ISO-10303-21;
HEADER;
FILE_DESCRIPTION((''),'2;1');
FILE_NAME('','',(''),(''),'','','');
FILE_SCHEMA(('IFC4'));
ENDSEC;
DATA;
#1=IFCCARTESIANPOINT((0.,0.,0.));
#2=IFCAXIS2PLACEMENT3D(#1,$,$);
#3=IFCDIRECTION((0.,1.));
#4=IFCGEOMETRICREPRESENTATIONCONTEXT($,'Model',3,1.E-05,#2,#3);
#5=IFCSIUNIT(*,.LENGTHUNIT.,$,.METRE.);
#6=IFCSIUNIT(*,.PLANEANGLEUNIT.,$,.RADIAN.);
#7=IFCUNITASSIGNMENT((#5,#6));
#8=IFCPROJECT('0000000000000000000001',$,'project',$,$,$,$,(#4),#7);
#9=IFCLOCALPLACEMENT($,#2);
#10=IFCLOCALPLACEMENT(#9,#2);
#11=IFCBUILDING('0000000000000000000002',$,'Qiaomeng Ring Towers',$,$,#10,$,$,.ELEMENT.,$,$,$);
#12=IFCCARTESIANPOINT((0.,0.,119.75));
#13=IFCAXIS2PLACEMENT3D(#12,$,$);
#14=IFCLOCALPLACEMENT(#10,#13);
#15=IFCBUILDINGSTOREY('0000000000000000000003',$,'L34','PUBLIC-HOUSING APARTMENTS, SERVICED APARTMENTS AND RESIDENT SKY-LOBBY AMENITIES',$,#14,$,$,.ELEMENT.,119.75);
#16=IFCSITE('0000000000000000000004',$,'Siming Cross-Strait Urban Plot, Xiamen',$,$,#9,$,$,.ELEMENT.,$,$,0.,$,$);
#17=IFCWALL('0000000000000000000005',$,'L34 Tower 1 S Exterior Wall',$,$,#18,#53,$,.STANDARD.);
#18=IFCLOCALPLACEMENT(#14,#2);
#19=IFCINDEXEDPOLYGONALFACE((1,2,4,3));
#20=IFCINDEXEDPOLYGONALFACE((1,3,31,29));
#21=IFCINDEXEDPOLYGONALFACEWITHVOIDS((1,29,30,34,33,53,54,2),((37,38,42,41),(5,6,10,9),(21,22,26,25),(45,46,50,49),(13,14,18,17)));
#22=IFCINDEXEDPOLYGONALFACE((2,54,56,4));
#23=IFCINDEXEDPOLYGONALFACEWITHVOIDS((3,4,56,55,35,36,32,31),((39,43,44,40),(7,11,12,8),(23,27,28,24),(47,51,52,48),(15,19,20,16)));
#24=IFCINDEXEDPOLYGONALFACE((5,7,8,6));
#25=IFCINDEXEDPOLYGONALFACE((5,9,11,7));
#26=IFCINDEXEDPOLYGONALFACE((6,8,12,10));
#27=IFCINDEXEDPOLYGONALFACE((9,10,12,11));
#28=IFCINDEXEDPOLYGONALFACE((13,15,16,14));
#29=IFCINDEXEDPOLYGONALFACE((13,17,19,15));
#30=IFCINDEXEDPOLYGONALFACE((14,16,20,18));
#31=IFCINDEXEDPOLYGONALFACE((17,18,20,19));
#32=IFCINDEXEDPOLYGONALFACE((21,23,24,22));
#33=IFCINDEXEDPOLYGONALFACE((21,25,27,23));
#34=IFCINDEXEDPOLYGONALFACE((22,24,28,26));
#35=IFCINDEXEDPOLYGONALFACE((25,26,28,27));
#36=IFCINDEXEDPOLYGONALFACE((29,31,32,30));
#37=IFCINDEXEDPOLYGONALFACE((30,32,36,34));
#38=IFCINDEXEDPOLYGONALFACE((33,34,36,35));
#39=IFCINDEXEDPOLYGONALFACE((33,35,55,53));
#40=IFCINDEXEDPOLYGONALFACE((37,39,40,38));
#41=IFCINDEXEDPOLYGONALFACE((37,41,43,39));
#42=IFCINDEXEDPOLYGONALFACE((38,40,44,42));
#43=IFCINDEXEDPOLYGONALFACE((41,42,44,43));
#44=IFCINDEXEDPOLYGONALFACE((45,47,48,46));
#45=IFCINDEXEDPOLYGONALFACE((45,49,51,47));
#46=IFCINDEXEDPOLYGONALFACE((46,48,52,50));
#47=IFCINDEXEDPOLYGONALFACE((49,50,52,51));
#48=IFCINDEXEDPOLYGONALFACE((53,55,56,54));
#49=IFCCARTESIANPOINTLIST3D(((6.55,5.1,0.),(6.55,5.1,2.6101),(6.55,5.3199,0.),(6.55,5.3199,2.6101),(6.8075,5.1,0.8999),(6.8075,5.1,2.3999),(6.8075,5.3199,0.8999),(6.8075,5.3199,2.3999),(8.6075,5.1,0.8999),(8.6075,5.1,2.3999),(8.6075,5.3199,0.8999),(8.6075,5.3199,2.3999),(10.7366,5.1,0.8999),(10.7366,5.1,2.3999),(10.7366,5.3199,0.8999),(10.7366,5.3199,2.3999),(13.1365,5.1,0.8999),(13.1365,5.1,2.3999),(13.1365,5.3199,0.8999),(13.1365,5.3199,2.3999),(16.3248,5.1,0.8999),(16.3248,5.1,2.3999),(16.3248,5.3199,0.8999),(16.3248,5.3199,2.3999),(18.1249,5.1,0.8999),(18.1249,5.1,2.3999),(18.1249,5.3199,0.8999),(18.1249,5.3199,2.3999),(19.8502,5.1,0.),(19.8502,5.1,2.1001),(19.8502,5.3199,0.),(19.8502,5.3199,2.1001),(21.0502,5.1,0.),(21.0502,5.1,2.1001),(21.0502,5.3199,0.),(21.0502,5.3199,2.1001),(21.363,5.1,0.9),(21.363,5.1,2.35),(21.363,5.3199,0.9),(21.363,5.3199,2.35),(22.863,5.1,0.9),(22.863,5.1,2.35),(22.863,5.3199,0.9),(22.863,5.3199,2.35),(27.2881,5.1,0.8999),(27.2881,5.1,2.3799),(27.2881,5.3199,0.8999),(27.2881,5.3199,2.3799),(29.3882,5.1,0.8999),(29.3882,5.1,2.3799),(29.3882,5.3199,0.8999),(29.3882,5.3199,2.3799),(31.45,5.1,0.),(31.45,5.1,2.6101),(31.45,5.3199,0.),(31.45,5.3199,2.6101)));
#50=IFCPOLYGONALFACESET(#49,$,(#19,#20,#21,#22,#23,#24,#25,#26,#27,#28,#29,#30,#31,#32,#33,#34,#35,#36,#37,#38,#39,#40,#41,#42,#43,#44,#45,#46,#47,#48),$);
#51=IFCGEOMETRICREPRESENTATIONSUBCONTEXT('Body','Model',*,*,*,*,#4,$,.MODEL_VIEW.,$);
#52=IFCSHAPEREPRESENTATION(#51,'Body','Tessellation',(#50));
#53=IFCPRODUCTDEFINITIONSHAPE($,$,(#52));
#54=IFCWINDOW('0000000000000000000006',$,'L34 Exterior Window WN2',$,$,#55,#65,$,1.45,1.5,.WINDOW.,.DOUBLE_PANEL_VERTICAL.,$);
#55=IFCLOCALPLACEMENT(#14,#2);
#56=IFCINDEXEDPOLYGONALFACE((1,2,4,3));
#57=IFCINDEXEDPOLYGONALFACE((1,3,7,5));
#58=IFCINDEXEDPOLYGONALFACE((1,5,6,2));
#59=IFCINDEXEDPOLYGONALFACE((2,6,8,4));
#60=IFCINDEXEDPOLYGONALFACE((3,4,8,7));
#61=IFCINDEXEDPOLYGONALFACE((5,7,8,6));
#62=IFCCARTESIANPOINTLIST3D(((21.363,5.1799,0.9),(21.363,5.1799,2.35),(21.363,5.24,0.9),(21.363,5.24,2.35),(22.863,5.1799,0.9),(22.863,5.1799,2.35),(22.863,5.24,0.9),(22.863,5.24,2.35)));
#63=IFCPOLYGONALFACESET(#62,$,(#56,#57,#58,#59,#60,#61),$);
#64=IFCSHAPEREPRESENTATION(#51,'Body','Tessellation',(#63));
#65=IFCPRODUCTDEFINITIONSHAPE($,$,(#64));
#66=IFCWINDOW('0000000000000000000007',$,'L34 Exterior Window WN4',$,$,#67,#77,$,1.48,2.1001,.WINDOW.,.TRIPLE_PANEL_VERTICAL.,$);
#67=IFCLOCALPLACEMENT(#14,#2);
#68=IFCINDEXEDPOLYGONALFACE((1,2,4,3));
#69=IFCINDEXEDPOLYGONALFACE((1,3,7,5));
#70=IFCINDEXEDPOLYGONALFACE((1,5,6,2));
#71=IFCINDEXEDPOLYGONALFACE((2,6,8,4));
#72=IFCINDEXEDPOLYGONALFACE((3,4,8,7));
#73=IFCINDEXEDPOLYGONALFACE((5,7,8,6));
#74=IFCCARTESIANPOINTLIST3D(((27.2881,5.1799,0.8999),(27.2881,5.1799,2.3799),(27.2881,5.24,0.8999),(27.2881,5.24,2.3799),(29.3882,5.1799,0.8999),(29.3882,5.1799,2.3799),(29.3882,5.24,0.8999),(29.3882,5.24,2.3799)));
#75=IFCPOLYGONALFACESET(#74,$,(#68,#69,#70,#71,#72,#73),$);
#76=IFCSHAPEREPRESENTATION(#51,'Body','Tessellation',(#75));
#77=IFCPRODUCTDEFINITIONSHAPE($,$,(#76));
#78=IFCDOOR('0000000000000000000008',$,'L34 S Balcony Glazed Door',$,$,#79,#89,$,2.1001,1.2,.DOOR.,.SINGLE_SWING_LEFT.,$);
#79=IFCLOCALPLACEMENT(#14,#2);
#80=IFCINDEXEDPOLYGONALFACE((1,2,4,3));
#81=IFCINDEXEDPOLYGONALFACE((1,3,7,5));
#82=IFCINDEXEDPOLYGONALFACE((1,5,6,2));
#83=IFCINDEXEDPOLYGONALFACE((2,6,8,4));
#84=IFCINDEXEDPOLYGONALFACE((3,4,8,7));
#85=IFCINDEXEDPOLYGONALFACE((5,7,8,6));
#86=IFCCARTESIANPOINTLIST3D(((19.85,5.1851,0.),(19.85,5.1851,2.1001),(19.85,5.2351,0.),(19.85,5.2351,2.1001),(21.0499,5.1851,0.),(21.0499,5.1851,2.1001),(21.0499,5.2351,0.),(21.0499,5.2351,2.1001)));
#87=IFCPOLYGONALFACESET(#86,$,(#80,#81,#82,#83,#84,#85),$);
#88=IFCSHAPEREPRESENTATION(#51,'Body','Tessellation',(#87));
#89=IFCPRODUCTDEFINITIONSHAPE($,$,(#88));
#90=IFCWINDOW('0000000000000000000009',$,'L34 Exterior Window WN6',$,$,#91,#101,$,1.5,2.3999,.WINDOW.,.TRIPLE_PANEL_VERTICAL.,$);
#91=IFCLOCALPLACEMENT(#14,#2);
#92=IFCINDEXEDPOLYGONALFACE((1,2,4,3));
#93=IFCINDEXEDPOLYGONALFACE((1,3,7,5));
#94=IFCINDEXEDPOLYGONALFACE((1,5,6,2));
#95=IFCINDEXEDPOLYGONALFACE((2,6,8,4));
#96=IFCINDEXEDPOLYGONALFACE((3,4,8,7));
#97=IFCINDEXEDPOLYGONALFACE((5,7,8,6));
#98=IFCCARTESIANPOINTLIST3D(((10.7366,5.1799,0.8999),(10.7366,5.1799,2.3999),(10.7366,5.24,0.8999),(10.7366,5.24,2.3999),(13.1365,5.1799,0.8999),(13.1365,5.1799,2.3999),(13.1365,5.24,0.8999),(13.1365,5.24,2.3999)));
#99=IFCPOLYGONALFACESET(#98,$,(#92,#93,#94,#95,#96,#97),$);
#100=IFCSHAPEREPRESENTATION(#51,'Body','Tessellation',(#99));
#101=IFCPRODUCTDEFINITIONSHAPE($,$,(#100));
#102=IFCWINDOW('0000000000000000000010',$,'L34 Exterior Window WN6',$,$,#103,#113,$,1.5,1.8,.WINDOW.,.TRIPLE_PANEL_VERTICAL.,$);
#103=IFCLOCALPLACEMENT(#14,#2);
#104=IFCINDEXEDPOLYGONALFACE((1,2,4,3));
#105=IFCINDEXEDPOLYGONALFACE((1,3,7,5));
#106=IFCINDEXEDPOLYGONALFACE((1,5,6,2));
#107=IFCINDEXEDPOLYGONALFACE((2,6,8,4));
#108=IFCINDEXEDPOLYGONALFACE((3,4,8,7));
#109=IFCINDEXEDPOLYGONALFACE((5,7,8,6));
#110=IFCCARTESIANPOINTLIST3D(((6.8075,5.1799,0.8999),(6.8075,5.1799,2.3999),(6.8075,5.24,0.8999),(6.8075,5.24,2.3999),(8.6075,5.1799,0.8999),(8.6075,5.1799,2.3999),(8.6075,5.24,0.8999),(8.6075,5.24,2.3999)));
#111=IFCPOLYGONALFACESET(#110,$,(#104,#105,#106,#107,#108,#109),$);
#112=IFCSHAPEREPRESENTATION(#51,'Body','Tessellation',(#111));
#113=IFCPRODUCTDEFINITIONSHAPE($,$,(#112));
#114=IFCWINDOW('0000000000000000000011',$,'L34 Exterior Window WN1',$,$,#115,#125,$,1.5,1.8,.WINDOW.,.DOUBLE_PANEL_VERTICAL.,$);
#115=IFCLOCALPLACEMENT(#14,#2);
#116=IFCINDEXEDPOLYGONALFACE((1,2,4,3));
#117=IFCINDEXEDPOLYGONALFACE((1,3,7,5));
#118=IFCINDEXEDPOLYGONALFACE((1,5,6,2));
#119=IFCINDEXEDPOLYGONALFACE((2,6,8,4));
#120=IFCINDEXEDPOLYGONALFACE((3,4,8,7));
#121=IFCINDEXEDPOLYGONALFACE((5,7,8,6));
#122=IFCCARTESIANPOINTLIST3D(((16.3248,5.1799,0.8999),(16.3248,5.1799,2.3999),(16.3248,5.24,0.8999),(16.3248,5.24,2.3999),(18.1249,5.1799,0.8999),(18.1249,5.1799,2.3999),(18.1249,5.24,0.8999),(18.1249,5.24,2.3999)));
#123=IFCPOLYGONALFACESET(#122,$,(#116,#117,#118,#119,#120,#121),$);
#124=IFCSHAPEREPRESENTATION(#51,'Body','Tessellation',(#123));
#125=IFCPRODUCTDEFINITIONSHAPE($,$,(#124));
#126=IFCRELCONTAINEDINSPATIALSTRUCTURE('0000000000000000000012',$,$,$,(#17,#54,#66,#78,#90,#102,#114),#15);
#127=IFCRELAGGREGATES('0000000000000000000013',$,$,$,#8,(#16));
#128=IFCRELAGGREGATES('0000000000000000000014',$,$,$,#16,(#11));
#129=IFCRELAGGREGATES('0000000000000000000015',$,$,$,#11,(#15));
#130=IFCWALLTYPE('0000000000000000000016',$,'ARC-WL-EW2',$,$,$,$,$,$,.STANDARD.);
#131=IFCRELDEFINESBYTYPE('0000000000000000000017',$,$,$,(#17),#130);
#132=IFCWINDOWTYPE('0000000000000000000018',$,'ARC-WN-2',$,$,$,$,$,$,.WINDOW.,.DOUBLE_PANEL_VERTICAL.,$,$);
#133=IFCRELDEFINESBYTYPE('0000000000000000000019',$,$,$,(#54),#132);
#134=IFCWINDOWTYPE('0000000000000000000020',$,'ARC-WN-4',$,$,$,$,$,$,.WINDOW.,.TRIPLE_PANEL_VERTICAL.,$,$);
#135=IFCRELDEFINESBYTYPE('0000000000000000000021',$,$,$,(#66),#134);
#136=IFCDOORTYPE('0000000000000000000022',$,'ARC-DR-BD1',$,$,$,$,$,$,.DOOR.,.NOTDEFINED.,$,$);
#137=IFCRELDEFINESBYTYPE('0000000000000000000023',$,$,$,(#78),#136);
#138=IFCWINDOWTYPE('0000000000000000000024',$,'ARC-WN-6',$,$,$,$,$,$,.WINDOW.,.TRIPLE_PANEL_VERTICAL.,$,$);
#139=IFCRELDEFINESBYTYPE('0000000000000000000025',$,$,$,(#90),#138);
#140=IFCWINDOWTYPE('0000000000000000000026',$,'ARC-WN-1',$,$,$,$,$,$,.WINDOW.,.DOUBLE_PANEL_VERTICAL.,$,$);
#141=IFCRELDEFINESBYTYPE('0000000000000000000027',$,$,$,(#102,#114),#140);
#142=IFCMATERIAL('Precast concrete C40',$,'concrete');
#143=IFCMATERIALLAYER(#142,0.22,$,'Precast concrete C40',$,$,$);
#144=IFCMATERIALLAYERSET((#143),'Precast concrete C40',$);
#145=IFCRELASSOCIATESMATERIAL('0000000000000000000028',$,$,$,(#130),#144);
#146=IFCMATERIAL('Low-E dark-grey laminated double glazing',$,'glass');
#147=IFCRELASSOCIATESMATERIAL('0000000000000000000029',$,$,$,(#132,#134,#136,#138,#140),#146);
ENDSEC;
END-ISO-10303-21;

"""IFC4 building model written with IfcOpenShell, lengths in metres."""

from ifc_helpers import new_model, si_unit, direction, frame, frame_2d, origin, place, context, subcontext, project, spatial, rectangle, extrude, source, transform, mapped, material, layer, layer_set, type_object, element, fill, save


model = new_model("IFC4")

# Units and contexts
model_context = context("Model", 3, precision=1e-05, world=origin(), true_north=direction((0.0, 1.0)))
body_context = subcontext(model_context, "Body", "Model", "MODEL_VIEW")
ifc_project = project(units=[si_unit("LENGTHUNIT", "METRE"), si_unit("PLANEANGLEUNIT", "RADIAN")], contexts=[model_context])

# Site, building, storey
site_placement = place(None, origin())
site = spatial("IfcSite", under=ifc_project, at=site_placement, Name="Siming Cross-Strait Urban Plot, Xiamen", CompositionType="ELEMENT", RefElevation=0.0)
building_placement = place(site_placement, origin())
building = spatial("IfcBuilding", under=site, at=building_placement, Name="Qiaomeng Ring Towers", CompositionType="ELEMENT")
storey_placement = place(building_placement, frame((0.0, 0.0, 119.75)))
storey = spatial("IfcBuildingStorey", under=building, at=storey_placement, Name="L34", Description="PUBLIC-HOUSING APARTMENTS, SERVICED APARTMENTS AND RESIDENT SKY-LOBBY AMENITIES", CompositionType="ELEMENT", Elevation=119.75)

# Shared definitions
ifc_material_1 = material(Name="Low-E dark-grey laminated double glazing", Category="glass")

# Wall, openings, windows, door
ifc_material_2 = material(Name="Precast concrete C40", Category="concrete")
ifc_layer_1 = layer(ifc_material_2, 0.22, Name="Precast concrete C40")
ifc_layer_set_1 = layer_set([ifc_layer_1], Name="Precast concrete C40")
wall_type_1 = type_object("IfcWallType", Name="ARC-WL-EW2", PredefinedType="STANDARD", material=ifc_layer_set_1)
wall_1_placement = place(storey_placement, frame((6.55, 5.21, 0.0), z_axis=(0.0, 0.0, 1.0), x_axis=(1.0, 0.0, 0.0)))
wall_1 = element("IfcWall", 1, at=wall_1_placement, inside=storey, type_object=wall_type_1, Name="L34 Tower 1 S Exterior Wall", PredefinedType="STANDARD", context=body_context, shape_type="SweptSolid", body=[
    extrude(rectangle(XDim=24.8999, YDim=0.22, at=frame_2d((12.45, 0.0))), origin(), (0.0, 0.0, 1.0), 2.6101),
])
opening_1_placement = place(wall_1_placement, frame((13.3, 0.0, 0.0)))
opening_1 = element("IfcOpeningElement", 2, at=opening_1_placement, cuts=wall_1, PredefinedType="OPENING", context=body_context, shape_type="SweptSolid", body=[
    extrude(rectangle(XDim=1.2, YDim=2.1001, at=frame_2d((0.6001, 1.05))), frame((0.0, 0.1199, 0.0), z_axis=(0.0, -1.0, 0.0), x_axis=(1.0, 0.0, 0.0)), (0.0, 0.0, 1.0), 0.24),
])
opening_2_placement = place(wall_1_placement, frame((0.2576, 0.0, 0.8999)))
opening_2 = element("IfcOpeningElement", 3, at=opening_2_placement, cuts=wall_1, PredefinedType="OPENING", context=body_context, shape_type="SweptSolid", body=[
    extrude(rectangle(XDim=1.8, YDim=1.5, at=frame_2d((0.8999, 0.75))), frame((0.0, 0.1199, 0.0), z_axis=(0.0, -1.0, 0.0), x_axis=(1.0, 0.0, 0.0)), (0.0, 0.0, 1.0), 0.24),
])
opening_3_placement = place(wall_1_placement, frame((9.7749, 0.0, 0.8999)))
opening_3 = element("IfcOpeningElement", 4, at=opening_3_placement, cuts=wall_1, PredefinedType="OPENING", context=body_context, shape_type="SweptSolid", body=[
    extrude(rectangle(XDim=1.8, YDim=1.5, at=frame_2d((0.8999, 0.75))), frame((0.0, 0.1199, 0.0), z_axis=(0.0, -1.0, 0.0), x_axis=(1.0, 0.0, 0.0)), (0.0, 0.0, 1.0), 0.24),
])
opening_4_placement = place(wall_1_placement, frame((14.813, 0.0, 0.8999)))
opening_4 = element("IfcOpeningElement", 5, at=opening_4_placement, cuts=wall_1, PredefinedType="OPENING", context=body_context, shape_type="SweptSolid", body=[
    extrude(rectangle(XDim=1.5, YDim=1.45, at=frame_2d((0.75, 0.7251))), frame((0.0, 0.1199, 0.0), z_axis=(0.0, -1.0, 0.0), x_axis=(1.0, 0.0, 0.0)), (0.0, 0.0, 1.0), 0.24),
])
opening_5_placement = place(wall_1_placement, frame((20.738, 0.0, 0.8999)))
opening_5 = element("IfcOpeningElement", 6, at=opening_5_placement, cuts=wall_1, PredefinedType="OPENING", context=body_context, shape_type="SweptSolid", body=[
    extrude(rectangle(XDim=2.1001, YDim=1.48, at=frame_2d((1.05, 0.74))), frame((0.0, 0.1199, 0.0), z_axis=(0.0, -1.0, 0.0), x_axis=(1.0, 0.0, 0.0)), (0.0, 0.0, 1.0), 0.24),
])
opening_6_placement = place(wall_1_placement, frame((4.1865, 0.0, 0.8999)))
opening_6 = element("IfcOpeningElement", 7, at=opening_6_placement, cuts=wall_1, PredefinedType="OPENING", context=body_context, shape_type="SweptSolid", body=[
    extrude(rectangle(XDim=2.3999, YDim=1.5, at=frame_2d((1.2, 0.75))), frame((0.0, 0.1199, 0.0), z_axis=(0.0, -1.0, 0.0), x_axis=(1.0, 0.0, 0.0)), (0.0, 0.0, 1.0), 0.24),
])
window_type_1 = type_object("IfcWindowType", Name="ARC-WN-2", PartitioningType="DOUBLE_PANEL_VERTICAL", PredefinedType="WINDOW", material=ifc_material_1)
shared_shape_1 = source(origin(), body_context, "Body", "SweptSolid", [
    extrude(rectangle(XDim=1.5, YDim=1.45, at=frame_2d((0.75, 0.7251))), frame((0.0, 0.03, 0.0), z_axis=(0.0, -1.0, 0.0), x_axis=(1.0, 0.0, 0.0)), (0.0, 0.0, 1.0), 0.0601),
])
window_1_placement = place(opening_4_placement, origin())
window_1 = element("IfcWindow", 8, at=window_1_placement, inside=storey, type_object=window_type_1, Name="L34 Exterior Window WN2", OverallHeight=1.45, OverallWidth=1.5, PartitioningType="DOUBLE_PANEL_VERTICAL", PredefinedType="WINDOW", context=body_context, shape_type="MappedRepresentation", body=[
    mapped(shared_shape_1, transform((0.0, 0.0, 0.0), x_axis=(1.0, 0.0, 0.0), y_axis=(0.0, 1.0, 0.0), z_axis=(0.0, 0.0, 1.0), scale=1.0)),
])
fill(opening_4, window_1)
window_type_2 = type_object("IfcWindowType", Name="ARC-WN-4", PartitioningType="TRIPLE_PANEL_VERTICAL", PredefinedType="WINDOW", material=ifc_material_1)
shared_shape_2 = source(origin(), body_context, "Body", "SweptSolid", [
    extrude(rectangle(XDim=2.1001, YDim=1.48, at=frame_2d((1.05, 0.74))), frame((0.0, 0.03, 0.0), z_axis=(0.0, -1.0, 0.0), x_axis=(1.0, 0.0, 0.0)), (0.0, 0.0, 1.0), 0.0601),
])
window_2_placement = place(opening_5_placement, origin())
window_2 = element("IfcWindow", 9, at=window_2_placement, inside=storey, type_object=window_type_2, Name="L34 Exterior Window WN4", OverallHeight=1.48, OverallWidth=2.1001, PartitioningType="TRIPLE_PANEL_VERTICAL", PredefinedType="WINDOW", context=body_context, shape_type="MappedRepresentation", body=[
    mapped(shared_shape_2, transform((0.0, 0.0, 0.0), x_axis=(1.0, 0.0, 0.0), y_axis=(0.0, 1.0, 0.0), z_axis=(0.0, 0.0, 1.0), scale=1.0)),
])
fill(opening_5, window_2)
door_type_1 = type_object("IfcDoorType", Name="ARC-DR-BD1", OperationType="NOTDEFINED", PredefinedType="DOOR", material=ifc_material_1)
shared_shape_3 = source(origin(), body_context, "Body", "SweptSolid", [
    extrude(rectangle(XDim=1.2, YDim=2.1001, at=frame_2d((0.6001, 1.05))), frame((0.0, 0.0249, 0.0), z_axis=(0.0, -1.0, 0.0), x_axis=(1.0, 0.0, 0.0)), (0.0, 0.0, 1.0), 0.05),
])
door_1_placement = place(opening_1_placement, frame((1.2, 0.0, 0.0), z_axis=(0.0, 0.0, 1.0), x_axis=(-1.0, 0.0, 0.0)))
door_1 = element("IfcDoor", 10, at=door_1_placement, inside=storey, type_object=door_type_1, Name="L34 S Balcony Glazed Door", OperationType="SINGLE_SWING_LEFT", OverallHeight=2.1001, OverallWidth=1.2, PredefinedType="DOOR", context=body_context, shape_type="MappedRepresentation", body=[
    mapped(shared_shape_3, transform((0.0, 0.0, 0.0), x_axis=(1.0, 0.0, 0.0), y_axis=(0.0, 1.0, 0.0), z_axis=(0.0, 0.0, 1.0), scale=1.0)),
])
fill(opening_1, door_1)
window_type_3 = type_object("IfcWindowType", Name="ARC-WN-6", PartitioningType="TRIPLE_PANEL_VERTICAL", PredefinedType="WINDOW", material=ifc_material_1)
shared_shape_4 = source(origin(), body_context, "Body", "SweptSolid", [
    extrude(rectangle(XDim=2.3999, YDim=1.5, at=frame_2d((1.2, 0.75))), frame((0.0, 0.03, 0.0), z_axis=(0.0, -1.0, 0.0), x_axis=(1.0, 0.0, 0.0)), (0.0, 0.0, 1.0), 0.0601),
])
window_3_placement = place(opening_6_placement, origin())
window_3 = element("IfcWindow", 11, at=window_3_placement, inside=storey, type_object=window_type_3, Name="L34 Exterior Window WN6", OverallHeight=1.5, OverallWidth=2.3999, PartitioningType="TRIPLE_PANEL_VERTICAL", PredefinedType="WINDOW", context=body_context, shape_type="MappedRepresentation", body=[
    mapped(shared_shape_4, transform((0.0, 0.0, 0.0), x_axis=(1.0, 0.0, 0.0), y_axis=(0.0, 1.0, 0.0), z_axis=(0.0, 0.0, 1.0), scale=1.0)),
])
fill(opening_6, window_3)
window_type_4 = type_object("IfcWindowType", Name="ARC-WN-1", PartitioningType="DOUBLE_PANEL_VERTICAL", PredefinedType="WINDOW", material=ifc_material_1)
shared_shape_5 = source(origin(), body_context, "Body", "SweptSolid", [
    extrude(rectangle(XDim=1.8, YDim=1.5, at=frame_2d((0.8999, 0.75))), frame((0.0, 0.03, 0.0), z_axis=(0.0, -1.0, 0.0), x_axis=(1.0, 0.0, 0.0)), (0.0, 0.0, 1.0), 0.0601),
])
window_4_placement = place(opening_2_placement, origin())
window_4 = element("IfcWindow", 12, at=window_4_placement, inside=storey, type_object=window_type_4, Name="L34 Exterior Window WN6", OverallHeight=1.5, OverallWidth=1.8, PartitioningType="TRIPLE_PANEL_VERTICAL", PredefinedType="WINDOW", context=body_context, shape_type="MappedRepresentation", body=[
    mapped(shared_shape_5, transform((0.0, 0.0, 0.0), x_axis=(1.0, 0.0, 0.0), y_axis=(0.0, 1.0, 0.0), z_axis=(0.0, 0.0, 1.0), scale=1.0)),
])
fill(opening_2, window_4)
window_5_placement = place(opening_3_placement, origin())
window_5 = element("IfcWindow", 13, at=window_5_placement, inside=storey, type_object=window_type_4, Name="L34 Exterior Window WN1", OverallHeight=1.5, OverallWidth=1.8, PartitioningType="DOUBLE_PANEL_VERTICAL", PredefinedType="WINDOW", context=body_context, shape_type="MappedRepresentation", body=[
    mapped(shared_shape_5, transform((0.0, 0.0, 0.0), x_axis=(1.0, 0.0, 0.0), y_axis=(0.0, 1.0, 0.0), z_axis=(0.0, 0.0, 1.0), scale=1.0)),
])
fill(opening_3, window_5)

save(model, "model.ifc")
